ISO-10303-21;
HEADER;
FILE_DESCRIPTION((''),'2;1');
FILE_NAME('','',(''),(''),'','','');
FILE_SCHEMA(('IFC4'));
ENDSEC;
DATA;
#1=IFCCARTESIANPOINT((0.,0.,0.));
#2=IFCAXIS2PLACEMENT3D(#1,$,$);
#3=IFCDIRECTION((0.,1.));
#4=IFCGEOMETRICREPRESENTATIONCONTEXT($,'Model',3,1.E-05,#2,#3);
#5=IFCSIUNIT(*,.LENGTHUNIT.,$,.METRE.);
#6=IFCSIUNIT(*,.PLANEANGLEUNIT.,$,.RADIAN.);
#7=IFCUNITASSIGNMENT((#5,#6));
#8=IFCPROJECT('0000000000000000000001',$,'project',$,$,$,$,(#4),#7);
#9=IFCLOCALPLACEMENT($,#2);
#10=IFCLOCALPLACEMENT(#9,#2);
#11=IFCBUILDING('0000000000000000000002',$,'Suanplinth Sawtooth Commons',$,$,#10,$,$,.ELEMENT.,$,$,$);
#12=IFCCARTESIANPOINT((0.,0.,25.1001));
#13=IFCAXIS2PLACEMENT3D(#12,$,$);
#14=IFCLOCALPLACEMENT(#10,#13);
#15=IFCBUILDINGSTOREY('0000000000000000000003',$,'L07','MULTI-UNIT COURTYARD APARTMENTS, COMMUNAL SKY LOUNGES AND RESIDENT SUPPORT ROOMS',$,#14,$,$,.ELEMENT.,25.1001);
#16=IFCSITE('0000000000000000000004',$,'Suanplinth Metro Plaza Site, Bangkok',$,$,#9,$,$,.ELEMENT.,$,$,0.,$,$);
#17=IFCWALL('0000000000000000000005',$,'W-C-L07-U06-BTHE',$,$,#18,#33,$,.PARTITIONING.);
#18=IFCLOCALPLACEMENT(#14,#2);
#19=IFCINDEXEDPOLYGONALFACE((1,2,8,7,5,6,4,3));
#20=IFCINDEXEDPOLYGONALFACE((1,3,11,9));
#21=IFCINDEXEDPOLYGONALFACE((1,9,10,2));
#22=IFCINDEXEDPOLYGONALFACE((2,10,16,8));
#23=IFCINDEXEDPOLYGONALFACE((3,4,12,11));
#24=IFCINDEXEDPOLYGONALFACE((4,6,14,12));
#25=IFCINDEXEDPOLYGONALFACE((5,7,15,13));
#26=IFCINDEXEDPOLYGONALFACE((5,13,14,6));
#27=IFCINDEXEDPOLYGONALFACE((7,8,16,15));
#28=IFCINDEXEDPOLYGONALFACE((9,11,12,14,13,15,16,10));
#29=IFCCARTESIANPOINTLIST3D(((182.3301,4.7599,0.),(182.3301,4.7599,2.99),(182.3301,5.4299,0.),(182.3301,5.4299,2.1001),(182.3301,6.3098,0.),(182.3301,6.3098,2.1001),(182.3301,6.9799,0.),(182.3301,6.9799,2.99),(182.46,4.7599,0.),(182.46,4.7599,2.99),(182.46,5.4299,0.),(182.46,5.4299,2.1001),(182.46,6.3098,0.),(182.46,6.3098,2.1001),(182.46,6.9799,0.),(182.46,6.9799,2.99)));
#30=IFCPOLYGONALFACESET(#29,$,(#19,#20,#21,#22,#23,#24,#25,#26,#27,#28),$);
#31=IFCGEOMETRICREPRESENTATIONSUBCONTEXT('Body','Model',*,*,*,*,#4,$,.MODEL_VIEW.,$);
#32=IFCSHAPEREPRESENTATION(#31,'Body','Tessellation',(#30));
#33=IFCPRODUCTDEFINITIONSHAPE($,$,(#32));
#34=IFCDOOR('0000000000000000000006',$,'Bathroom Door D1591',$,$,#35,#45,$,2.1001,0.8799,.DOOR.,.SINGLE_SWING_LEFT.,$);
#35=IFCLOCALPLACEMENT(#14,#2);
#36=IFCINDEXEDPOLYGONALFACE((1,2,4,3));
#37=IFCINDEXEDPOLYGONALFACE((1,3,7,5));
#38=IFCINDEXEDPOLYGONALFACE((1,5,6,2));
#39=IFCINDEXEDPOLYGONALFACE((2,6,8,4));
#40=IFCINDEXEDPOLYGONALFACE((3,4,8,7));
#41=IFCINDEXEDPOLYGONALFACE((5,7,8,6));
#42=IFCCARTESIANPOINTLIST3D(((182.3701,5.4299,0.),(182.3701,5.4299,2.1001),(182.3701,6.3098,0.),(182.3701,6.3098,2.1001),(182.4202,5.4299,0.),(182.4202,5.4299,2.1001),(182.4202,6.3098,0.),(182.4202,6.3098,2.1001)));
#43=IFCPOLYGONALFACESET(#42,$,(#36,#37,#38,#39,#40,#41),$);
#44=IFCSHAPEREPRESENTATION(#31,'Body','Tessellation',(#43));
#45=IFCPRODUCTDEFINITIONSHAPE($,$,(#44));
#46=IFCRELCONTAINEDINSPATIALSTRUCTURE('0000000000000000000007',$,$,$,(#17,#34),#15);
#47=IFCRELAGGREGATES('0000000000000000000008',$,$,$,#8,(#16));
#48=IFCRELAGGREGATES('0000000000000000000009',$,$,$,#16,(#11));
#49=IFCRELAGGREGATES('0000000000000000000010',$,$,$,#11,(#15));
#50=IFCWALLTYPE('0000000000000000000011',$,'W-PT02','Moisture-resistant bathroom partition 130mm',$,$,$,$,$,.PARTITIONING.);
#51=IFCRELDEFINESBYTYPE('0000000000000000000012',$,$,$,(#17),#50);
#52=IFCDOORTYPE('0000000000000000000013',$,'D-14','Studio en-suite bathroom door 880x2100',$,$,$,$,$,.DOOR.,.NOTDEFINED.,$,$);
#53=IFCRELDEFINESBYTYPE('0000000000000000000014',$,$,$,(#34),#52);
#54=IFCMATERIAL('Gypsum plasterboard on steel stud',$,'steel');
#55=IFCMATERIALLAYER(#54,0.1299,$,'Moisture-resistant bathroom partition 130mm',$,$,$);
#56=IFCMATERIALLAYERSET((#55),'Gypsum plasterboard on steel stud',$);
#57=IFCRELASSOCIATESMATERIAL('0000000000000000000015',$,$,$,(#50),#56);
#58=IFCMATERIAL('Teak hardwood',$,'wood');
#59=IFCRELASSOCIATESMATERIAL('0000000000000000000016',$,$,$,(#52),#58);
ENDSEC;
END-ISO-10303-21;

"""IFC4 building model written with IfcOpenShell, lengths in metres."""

from ifc_helpers import new_model, si_unit, direction, frame, frame_2d, origin, place, context, subcontext, project, spatial, rectangle, extrude, material, layer, layer_set, type_object, element, fill, save


model = new_model("IFC4")

# Units and contexts
model_context = context("Model", 3, precision=1e-05, world=origin(), true_north=direction((0.0, 1.0)))
body_context = subcontext(model_context, "Body", "Model", "MODEL_VIEW")
ifc_project = project(units=[si_unit("LENGTHUNIT", "METRE"), si_unit("PLANEANGLEUNIT", "RADIAN")], contexts=[model_context])

# Site, building, storey
site_placement = place(None, origin())
site = spatial("IfcSite", under=ifc_project, at=site_placement, Name="Suanplinth Metro Plaza Site, Bangkok", CompositionType="ELEMENT", RefElevation=0.0)
building_placement = place(site_placement, origin())
building = spatial("IfcBuilding", under=site, at=building_placement, Name="Suanplinth Sawtooth Commons", CompositionType="ELEMENT")
storey_placement = place(building_placement, frame((0.0, 0.0, 25.1001)))
storey = spatial("IfcBuildingStorey", under=building, at=storey_placement, Name="L07", Description="MULTI-UNIT COURTYARD APARTMENTS, COMMUNAL SKY LOUNGES AND RESIDENT SUPPORT ROOMS", CompositionType="ELEMENT", Elevation=25.1001)

# Shared definitions
ifc_material_1 = material(Name="Gypsum plasterboard on steel stud", Category="steel")
ifc_material_2 = material(Name="Teak hardwood", Category="wood")

# Shared definitions
ifc_layer_1 = layer(ifc_material_1, 0.1299, Name="Moisture-resistant bathroom partition 130mm")
ifc_layer_set_1 = layer_set([ifc_layer_1], Name="Gypsum plasterboard on steel stud")
wall_type_1 = type_object("IfcWallType", Name="W-PT02", Description="Moisture-resistant bathroom partition 130mm", PredefinedType="PARTITIONING", material=ifc_layer_set_1)

# Wall, opening, door
wall_1_placement = place(storey_placement, frame((182.395, 4.76, 0.0), z_axis=(0.0, 0.0, 1.0), x_axis=(0.0, 1.0, 0.0)))
wall_1 = element("IfcWall", 1, at=wall_1_placement, inside=storey, type_object=wall_type_1, Name="W-C-L07-U06-BTHE", PredefinedType="PARTITIONING", context=body_context, shape_type="SweptSolid", body=[
    extrude(rectangle(XDim=2.22, YDim=0.1299, at=frame_2d((1.1099, 0.0))), origin(), (0.0, 0.0, 1.0), 2.99),
])
opening_1_placement = place(wall_1_placement, frame((0.6699, 0.0, 0.0)))
opening_1 = element("IfcOpeningElement", 2, at=opening_1_placement, cuts=wall_1, PredefinedType="OPENING", context=body_context, shape_type="SweptSolid", body=[
    extrude(rectangle(XDim=0.8799, YDim=2.1001, at=frame_2d((0.4399, 1.05))), frame((0.0, 0.0798, 0.0), z_axis=(0.0, -1.0, 0.0), x_axis=(1.0, 0.0, 0.0)), (0.0, 0.0, 1.0), 0.1597),
])
door_type_1 = type_object("IfcDoorType", Name="D-14", Description="Studio en-suite bathroom door 880x2100", OperationType="NOTDEFINED", PredefinedType="DOOR", material=ifc_material_2)
door_1_placement = place(opening_1_placement, origin())
door_1 = element("IfcDoor", 3, at=door_1_placement, inside=storey, type_object=door_type_1, Name="Bathroom Door D1591", OperationType="SINGLE_SWING_LEFT", OverallHeight=2.1001, OverallWidth=0.8799, PredefinedType="DOOR", context=body_context, shape_type="SweptSolid", body=[
    extrude(rectangle(XDim=0.8799, YDim=2.1001, at=frame_2d((0.4399, 1.05))), frame((0.0, 0.0249, 0.0), z_axis=(0.0, -1.0, 0.0), x_axis=(1.0, 0.0, 0.0)), (0.0, 0.0, 1.0), 0.05),
])
fill(opening_1, door_1)

save(model, "model.ifc")
